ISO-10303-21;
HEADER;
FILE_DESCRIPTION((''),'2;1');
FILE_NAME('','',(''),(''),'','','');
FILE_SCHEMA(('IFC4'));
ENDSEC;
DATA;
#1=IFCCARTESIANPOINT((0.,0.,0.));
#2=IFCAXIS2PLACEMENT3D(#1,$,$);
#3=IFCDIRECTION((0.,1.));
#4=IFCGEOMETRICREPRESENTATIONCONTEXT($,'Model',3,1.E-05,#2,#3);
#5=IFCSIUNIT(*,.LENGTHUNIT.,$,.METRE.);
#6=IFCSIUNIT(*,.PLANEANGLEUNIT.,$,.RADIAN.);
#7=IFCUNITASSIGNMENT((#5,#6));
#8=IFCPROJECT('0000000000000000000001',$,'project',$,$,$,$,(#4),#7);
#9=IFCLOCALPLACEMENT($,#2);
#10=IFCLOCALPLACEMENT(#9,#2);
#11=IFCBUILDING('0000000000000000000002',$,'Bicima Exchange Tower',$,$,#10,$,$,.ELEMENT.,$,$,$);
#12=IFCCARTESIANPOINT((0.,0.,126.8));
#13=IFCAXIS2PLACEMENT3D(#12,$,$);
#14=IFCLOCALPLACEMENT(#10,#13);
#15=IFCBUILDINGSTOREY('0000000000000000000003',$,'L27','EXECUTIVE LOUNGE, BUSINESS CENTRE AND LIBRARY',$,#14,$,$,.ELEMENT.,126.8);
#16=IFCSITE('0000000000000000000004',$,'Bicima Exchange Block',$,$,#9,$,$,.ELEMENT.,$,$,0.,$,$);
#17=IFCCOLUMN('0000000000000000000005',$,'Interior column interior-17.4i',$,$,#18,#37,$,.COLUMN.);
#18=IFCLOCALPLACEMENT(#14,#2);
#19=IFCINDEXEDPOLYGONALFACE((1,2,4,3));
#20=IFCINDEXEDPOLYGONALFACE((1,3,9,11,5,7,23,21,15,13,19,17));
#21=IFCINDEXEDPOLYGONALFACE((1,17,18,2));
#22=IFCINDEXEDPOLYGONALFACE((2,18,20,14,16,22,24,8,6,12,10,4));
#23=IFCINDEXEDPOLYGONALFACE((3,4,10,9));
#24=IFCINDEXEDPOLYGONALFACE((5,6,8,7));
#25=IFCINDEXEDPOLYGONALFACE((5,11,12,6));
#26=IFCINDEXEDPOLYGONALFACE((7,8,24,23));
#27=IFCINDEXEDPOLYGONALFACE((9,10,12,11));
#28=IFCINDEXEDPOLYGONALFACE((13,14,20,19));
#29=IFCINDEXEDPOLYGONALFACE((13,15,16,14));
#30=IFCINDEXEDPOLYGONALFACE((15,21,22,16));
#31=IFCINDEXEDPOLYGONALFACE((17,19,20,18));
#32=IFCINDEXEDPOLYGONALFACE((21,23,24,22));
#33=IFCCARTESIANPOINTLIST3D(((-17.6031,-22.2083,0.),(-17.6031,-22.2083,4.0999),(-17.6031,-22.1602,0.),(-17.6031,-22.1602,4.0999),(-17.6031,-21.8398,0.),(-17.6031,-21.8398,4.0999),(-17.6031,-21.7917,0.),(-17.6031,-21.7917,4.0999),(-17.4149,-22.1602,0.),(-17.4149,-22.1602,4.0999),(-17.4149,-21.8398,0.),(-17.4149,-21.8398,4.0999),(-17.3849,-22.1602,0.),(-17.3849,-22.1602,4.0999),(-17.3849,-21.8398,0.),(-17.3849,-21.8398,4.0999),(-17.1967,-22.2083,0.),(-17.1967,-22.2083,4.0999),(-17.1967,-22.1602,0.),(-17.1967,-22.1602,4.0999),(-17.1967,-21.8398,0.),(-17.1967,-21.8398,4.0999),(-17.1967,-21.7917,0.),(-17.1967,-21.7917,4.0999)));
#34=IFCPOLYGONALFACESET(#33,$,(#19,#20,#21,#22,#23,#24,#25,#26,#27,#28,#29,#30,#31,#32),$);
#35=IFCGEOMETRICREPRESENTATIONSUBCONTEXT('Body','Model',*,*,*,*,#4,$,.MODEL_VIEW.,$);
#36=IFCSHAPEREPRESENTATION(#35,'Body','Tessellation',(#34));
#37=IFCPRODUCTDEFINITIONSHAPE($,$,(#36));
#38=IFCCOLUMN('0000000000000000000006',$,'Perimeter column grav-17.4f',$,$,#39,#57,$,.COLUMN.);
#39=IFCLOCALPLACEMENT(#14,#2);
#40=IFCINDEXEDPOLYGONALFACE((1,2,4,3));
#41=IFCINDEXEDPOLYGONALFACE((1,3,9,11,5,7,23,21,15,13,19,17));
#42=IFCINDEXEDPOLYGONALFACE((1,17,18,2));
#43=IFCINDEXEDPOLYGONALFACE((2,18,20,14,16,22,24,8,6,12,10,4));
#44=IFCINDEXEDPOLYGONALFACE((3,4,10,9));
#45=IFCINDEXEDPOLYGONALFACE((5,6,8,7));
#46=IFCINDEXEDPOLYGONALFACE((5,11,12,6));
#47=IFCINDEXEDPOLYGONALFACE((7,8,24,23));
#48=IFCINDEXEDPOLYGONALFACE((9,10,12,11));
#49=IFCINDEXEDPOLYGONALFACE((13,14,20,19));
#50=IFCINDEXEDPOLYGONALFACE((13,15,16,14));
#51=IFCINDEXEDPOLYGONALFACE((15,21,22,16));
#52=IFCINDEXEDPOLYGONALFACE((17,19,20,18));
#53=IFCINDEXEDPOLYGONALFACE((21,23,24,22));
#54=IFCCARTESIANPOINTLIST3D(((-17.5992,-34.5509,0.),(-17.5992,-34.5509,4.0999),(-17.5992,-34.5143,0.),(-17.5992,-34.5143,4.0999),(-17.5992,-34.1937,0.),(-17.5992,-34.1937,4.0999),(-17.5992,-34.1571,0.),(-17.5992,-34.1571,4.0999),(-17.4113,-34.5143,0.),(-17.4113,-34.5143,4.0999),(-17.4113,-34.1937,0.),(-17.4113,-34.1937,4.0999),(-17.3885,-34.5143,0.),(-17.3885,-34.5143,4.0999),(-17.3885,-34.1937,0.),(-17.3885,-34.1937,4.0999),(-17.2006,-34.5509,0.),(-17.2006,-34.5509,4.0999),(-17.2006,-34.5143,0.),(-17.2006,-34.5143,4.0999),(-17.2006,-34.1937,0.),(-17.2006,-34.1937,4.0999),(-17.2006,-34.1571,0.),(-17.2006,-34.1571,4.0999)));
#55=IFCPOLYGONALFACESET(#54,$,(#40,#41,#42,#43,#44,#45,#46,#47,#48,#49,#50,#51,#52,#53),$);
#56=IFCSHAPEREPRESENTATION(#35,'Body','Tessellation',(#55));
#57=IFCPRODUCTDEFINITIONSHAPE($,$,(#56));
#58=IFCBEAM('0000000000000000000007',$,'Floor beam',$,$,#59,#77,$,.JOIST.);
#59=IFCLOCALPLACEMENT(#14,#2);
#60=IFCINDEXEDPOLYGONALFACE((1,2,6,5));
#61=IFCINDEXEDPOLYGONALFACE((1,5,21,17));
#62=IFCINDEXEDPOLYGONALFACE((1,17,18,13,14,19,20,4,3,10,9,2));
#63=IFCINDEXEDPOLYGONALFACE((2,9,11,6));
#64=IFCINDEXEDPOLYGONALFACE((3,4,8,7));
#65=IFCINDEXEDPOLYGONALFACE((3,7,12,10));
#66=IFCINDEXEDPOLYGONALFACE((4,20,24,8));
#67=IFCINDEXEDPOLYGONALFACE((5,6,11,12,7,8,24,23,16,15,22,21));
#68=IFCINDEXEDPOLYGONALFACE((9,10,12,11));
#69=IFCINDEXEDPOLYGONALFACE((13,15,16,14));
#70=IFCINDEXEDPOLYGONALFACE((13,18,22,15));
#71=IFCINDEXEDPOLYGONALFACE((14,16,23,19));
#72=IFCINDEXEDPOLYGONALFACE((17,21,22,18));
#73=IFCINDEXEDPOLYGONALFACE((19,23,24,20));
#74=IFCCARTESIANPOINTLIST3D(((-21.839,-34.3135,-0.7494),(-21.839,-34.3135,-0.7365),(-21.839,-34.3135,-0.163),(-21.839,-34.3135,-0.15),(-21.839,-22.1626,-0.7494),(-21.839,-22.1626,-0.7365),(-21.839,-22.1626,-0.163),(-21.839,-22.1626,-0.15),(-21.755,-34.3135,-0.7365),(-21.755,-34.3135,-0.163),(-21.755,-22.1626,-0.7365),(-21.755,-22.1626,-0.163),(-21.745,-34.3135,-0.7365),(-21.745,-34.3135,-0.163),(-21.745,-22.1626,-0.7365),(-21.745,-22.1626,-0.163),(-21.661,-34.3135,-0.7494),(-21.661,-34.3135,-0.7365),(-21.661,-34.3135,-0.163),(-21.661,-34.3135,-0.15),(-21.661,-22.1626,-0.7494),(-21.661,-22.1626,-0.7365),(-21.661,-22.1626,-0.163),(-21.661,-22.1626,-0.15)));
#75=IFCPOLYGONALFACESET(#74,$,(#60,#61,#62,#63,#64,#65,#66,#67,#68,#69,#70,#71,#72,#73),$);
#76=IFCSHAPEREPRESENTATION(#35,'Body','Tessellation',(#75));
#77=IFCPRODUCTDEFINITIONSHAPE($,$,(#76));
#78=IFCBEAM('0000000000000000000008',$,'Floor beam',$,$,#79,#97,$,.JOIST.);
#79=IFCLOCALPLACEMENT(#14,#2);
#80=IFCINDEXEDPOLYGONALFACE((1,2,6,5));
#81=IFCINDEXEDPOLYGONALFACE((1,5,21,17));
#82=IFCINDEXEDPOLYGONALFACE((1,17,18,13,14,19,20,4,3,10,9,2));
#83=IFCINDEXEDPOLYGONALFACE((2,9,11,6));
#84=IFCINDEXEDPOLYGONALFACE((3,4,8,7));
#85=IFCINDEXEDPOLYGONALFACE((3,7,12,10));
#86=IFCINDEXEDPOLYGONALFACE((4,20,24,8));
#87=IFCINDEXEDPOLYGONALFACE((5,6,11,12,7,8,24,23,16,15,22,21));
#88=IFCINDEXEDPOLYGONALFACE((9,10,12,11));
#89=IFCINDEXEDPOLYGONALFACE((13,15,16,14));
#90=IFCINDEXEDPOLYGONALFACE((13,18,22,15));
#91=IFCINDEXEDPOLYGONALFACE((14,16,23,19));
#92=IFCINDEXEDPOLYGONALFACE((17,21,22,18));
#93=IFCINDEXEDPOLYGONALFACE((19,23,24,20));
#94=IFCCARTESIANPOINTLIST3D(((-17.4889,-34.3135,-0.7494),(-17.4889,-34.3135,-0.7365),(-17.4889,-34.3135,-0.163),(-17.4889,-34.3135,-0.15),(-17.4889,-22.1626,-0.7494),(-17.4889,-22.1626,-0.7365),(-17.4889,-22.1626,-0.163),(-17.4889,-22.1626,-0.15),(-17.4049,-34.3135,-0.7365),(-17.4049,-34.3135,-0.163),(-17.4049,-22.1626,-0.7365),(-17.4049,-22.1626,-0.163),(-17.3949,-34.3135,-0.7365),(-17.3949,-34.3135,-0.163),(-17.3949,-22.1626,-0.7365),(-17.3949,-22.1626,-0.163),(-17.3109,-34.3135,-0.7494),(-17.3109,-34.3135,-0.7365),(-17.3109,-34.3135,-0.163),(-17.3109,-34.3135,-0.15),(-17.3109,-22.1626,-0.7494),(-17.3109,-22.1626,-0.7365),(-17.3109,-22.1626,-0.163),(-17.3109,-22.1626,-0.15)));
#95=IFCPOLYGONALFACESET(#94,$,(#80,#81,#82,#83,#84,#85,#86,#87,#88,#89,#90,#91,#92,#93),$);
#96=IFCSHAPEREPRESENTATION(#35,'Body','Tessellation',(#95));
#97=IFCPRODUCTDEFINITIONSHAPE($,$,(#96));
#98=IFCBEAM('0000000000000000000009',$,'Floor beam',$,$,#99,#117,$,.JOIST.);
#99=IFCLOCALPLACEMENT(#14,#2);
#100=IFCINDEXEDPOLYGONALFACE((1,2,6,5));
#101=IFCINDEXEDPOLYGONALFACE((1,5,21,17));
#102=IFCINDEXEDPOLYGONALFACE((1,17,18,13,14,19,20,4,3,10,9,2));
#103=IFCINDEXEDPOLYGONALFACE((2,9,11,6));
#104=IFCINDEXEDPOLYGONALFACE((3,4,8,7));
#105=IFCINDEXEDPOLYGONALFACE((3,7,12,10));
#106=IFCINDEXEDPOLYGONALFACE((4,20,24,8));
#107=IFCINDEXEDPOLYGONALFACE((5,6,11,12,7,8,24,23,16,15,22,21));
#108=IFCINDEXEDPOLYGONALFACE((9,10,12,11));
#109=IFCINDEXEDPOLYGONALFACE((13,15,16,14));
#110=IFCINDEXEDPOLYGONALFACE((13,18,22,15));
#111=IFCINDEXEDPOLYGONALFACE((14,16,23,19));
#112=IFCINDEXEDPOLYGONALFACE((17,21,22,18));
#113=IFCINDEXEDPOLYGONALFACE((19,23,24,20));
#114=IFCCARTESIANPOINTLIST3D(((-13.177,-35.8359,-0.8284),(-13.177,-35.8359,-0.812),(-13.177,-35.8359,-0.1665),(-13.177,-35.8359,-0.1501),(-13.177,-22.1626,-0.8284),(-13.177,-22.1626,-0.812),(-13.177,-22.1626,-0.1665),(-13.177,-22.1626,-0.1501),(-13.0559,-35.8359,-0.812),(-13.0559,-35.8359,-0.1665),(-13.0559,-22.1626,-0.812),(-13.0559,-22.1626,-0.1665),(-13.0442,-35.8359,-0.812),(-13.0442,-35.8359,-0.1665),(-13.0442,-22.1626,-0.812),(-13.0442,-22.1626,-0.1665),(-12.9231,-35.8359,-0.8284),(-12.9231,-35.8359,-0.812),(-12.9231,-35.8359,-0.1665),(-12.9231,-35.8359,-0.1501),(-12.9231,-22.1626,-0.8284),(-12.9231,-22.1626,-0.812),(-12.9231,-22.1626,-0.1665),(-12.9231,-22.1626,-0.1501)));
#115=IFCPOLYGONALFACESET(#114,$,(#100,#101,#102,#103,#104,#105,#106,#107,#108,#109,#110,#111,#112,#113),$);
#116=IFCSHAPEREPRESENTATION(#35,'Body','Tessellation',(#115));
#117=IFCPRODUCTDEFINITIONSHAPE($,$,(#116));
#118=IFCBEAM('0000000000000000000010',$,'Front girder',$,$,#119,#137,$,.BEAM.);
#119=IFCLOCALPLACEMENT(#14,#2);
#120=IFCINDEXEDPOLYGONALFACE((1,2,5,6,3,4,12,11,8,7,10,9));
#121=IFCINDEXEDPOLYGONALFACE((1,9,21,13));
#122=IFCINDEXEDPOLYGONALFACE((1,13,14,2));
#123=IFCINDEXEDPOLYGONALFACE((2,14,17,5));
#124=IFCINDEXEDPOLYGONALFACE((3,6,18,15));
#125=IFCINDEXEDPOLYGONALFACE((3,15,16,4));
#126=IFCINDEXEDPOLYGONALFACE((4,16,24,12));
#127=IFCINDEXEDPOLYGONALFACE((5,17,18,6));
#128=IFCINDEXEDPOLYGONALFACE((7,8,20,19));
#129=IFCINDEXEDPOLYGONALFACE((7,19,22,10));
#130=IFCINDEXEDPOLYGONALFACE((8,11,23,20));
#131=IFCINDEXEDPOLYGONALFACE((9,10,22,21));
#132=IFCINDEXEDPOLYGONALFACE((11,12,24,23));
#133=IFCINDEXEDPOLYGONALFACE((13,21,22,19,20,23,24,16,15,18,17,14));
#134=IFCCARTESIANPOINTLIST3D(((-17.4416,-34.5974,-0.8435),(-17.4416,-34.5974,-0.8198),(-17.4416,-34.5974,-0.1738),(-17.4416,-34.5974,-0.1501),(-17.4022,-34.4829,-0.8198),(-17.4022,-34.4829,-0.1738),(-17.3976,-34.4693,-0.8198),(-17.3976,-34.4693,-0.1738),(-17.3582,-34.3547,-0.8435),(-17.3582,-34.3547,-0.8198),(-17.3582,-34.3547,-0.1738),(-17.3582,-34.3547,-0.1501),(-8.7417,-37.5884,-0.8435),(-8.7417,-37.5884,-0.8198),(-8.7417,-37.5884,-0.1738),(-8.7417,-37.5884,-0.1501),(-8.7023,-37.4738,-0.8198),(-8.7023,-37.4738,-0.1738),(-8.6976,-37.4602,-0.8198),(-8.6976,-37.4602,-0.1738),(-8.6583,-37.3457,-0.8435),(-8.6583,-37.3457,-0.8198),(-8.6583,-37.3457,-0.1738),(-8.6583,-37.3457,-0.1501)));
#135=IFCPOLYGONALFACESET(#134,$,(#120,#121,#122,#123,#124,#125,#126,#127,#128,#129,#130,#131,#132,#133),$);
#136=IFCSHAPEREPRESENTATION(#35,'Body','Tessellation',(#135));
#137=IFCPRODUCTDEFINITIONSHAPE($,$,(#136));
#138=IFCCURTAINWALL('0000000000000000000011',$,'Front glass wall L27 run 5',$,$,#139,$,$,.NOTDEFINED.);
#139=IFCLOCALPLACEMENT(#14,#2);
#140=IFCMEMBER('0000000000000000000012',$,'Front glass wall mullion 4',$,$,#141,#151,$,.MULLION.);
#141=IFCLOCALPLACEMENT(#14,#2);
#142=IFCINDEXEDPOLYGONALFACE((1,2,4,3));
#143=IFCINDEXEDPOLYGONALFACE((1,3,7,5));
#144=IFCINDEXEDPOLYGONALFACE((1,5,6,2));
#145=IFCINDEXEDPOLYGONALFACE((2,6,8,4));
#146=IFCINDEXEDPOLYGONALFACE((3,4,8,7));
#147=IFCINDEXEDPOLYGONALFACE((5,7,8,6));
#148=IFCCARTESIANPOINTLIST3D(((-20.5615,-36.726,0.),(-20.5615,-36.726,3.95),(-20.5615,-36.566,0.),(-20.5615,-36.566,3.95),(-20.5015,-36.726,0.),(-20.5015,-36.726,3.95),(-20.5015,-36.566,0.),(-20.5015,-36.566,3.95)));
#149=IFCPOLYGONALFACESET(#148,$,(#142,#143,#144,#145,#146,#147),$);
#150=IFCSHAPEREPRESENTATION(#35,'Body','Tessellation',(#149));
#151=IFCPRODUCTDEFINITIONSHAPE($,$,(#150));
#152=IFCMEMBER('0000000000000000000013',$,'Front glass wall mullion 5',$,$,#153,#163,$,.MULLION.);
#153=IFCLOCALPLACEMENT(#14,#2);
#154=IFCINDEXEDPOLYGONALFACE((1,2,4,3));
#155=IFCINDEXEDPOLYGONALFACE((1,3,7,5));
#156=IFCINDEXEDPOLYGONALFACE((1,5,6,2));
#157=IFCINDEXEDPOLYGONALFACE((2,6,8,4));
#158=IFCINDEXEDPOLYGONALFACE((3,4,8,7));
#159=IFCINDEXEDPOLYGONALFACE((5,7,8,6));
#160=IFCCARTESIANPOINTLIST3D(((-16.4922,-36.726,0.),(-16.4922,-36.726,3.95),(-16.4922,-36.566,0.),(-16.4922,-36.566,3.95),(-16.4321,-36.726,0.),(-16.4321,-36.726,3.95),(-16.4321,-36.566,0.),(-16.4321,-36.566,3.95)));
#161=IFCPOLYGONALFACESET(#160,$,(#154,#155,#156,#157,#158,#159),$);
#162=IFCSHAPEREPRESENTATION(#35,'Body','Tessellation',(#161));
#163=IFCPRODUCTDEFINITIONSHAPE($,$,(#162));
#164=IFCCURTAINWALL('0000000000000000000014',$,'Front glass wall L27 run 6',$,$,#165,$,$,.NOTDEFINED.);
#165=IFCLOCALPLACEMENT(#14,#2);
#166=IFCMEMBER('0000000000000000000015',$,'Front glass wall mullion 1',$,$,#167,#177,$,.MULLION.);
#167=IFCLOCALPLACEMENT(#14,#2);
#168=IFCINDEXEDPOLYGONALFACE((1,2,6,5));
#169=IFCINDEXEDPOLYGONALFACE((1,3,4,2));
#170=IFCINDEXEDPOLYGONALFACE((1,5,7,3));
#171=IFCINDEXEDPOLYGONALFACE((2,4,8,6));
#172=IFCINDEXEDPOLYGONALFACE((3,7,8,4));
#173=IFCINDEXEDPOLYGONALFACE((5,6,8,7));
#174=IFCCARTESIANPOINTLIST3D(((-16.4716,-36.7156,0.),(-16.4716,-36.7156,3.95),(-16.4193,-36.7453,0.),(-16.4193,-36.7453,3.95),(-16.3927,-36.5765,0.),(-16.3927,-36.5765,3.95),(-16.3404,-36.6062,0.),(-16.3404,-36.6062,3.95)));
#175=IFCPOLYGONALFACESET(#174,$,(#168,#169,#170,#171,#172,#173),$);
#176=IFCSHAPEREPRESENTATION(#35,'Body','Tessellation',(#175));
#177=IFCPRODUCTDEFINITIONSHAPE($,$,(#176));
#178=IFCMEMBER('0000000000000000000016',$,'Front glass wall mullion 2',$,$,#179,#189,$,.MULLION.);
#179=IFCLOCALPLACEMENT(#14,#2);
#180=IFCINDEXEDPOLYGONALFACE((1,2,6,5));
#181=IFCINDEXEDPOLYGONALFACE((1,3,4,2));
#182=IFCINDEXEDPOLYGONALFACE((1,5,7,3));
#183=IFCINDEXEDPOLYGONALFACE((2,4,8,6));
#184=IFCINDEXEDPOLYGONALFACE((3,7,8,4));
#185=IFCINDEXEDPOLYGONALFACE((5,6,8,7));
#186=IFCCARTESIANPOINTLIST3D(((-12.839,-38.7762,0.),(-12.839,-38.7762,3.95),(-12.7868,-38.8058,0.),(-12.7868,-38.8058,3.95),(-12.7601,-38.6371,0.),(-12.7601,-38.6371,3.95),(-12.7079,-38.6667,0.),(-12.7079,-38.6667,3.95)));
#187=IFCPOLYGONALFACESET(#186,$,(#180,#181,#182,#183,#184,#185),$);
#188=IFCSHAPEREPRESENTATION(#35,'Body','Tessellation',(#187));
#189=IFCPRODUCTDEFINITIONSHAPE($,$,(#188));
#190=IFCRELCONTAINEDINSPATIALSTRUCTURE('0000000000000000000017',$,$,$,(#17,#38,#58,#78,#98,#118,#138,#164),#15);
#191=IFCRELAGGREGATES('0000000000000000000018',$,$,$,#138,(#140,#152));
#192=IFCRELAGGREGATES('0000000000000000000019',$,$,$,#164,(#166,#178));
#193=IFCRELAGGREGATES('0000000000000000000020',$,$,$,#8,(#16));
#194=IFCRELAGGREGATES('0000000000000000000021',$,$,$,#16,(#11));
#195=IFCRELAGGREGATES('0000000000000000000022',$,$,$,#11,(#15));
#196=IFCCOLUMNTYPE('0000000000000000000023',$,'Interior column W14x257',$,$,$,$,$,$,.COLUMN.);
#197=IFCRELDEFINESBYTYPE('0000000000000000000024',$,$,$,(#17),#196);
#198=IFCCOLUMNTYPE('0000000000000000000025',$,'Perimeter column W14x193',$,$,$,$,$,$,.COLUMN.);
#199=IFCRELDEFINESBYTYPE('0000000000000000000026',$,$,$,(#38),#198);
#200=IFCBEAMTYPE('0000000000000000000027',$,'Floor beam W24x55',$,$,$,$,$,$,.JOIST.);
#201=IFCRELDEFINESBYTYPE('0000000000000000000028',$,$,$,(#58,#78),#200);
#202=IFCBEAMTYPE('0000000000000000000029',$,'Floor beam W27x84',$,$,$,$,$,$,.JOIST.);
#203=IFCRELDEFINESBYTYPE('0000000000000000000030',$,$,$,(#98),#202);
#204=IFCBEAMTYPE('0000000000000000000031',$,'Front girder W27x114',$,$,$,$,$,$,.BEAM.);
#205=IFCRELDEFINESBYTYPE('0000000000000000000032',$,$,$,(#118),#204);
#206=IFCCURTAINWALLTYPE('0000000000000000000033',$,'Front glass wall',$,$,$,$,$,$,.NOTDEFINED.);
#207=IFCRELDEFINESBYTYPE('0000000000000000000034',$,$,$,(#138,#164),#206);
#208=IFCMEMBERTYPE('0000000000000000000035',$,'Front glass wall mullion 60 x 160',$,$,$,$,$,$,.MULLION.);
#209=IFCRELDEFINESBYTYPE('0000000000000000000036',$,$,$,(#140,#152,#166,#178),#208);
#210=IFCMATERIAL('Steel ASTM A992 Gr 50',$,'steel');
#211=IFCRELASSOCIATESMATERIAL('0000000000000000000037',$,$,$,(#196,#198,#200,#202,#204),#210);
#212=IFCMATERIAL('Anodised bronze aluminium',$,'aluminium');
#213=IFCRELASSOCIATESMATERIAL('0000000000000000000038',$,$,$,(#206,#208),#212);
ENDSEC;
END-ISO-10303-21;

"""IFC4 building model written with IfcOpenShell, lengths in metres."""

from ifc_helpers import new_model, si_unit, direction, frame, origin, origin_2d, place, context, subcontext, project, spatial, rectangle, i_section, extrude, material, material_profile, profile_set, type_object, element, aggregate, save


model = new_model("IFC4")

# Units and contexts
model_context = context("Model", 3, precision=1e-05, world=origin(), true_north=direction((0.0, 1.0)))
body_context = subcontext(model_context, "Body", "Model", "MODEL_VIEW")
ifc_project = project(units=[si_unit("LENGTHUNIT", "METRE"), si_unit("PLANEANGLEUNIT", "RADIAN")], contexts=[model_context])

# Site, building, storey
site_placement = place(None, origin())
site = spatial("IfcSite", under=ifc_project, at=site_placement, Name="Bicima Exchange Block", CompositionType="ELEMENT", RefElevation=0.0)
building_placement = place(site_placement, origin())
building = spatial("IfcBuilding", under=site, at=building_placement, Name="Bicima Exchange Tower", CompositionType="ELEMENT")
storey_placement = place(building_placement, frame((0.0, 0.0, 126.8)))
storey = spatial("IfcBuildingStorey", under=building, at=storey_placement, Name="L27", Description="EXECUTIVE LOUNGE, BUSINESS CENTRE AND LIBRARY", CompositionType="ELEMENT", Elevation=126.8)

# Columns
ifc_material_1 = material(Name="Steel ASTM A992 Gr 50", Category="steel")
ifc_material_profile_1 = material_profile(ifc_material_1, i_section(OverallWidth=0.4065, OverallDepth=0.4165, WebThickness=0.03, FlangeThickness=0.0481, at=origin_2d()))
ifc_profile_set_1 = profile_set([ifc_material_profile_1], Name="Steel ASTM A992 Gr 50")
column_type_1 = type_object("IfcColumnType", Name="Interior column W14x257", PredefinedType="COLUMN", material=ifc_profile_set_1)
column_1_placement = place(storey_placement, frame((-17.3999, -22.0, 0.0), z_axis=(0.0, 0.0, 1.0), x_axis=(1.0, 0.0, 0.0)))
element("IfcColumn", 1, at=column_1_placement, inside=storey, type_object=column_type_1, Name="Interior column interior-17.4i", PredefinedType="COLUMN", context=body_context, shape_type="SweptSolid", body=[
    extrude(i_section(OverallWidth=0.4065, OverallDepth=0.4165, WebThickness=0.03, FlangeThickness=0.0481, at=origin_2d()), origin(), (0.0, 0.0, 1.0), 4.0999),
])
ifc_material_profile_2 = material_profile(ifc_material_1, i_section(OverallWidth=0.3987, OverallDepth=0.3938, WebThickness=0.0227, FlangeThickness=0.0366, at=origin_2d()))
ifc_profile_set_2 = profile_set([ifc_material_profile_2], Name="Steel ASTM A992 Gr 50")
column_type_2 = type_object("IfcColumnType", Name="Perimeter column W14x193", PredefinedType="COLUMN", material=ifc_profile_set_2)
column_2_placement = place(storey_placement, frame((-17.3999, -34.354, 0.0), z_axis=(0.0, 0.0, 1.0), x_axis=(1.0, 0.0, 0.0)))
element("IfcColumn", 2, at=column_2_placement, inside=storey, type_object=column_type_2, Name="Perimeter column grav-17.4f", PredefinedType="COLUMN", context=body_context, shape_type="SweptSolid", body=[
    extrude(i_section(OverallWidth=0.3987, OverallDepth=0.3938, WebThickness=0.0227, FlangeThickness=0.0366, at=origin_2d()), origin(), (0.0, 0.0, 1.0), 4.0999),
])

# Beams
ifc_material_profile_3 = material_profile(ifc_material_1, i_section(OverallWidth=0.178, OverallDepth=0.5994, WebThickness=0.01, FlangeThickness=0.0129, at=origin_2d()))
ifc_profile_set_3 = profile_set([ifc_material_profile_3], Name="Steel ASTM A992 Gr 50")
beam_type_1 = type_object("IfcBeamType", Name="Floor beam W24x55", PredefinedType="JOIST", material=ifc_profile_set_3)
for number, where, z_axis, x_axis, name in (
    (3, (-21.75, -22.1626, -0.4497), (0.0, -1.0, 0.0), (1.0, 0.0, 0.0), "Floor beam"),
    (4, (-17.3999, -22.1626, -0.4497), (0.0, -1.0, 0.0), (1.0, 0.0, 0.0), "Floor beam"),
):
    element("IfcBeam", number, at=place(storey_placement, frame(where, z_axis=z_axis, x_axis=x_axis)), inside=storey, type_object=beam_type_1, Name=name, PredefinedType="JOIST", context=body_context, shape_type="SweptSolid", body=[
        extrude(i_section(OverallWidth=0.178, OverallDepth=0.5994, WebThickness=0.01, FlangeThickness=0.0129, at=origin_2d()), origin(), (0.0, 0.0, 1.0), 12.1509),
    ])
ifc_material_profile_4 = material_profile(ifc_material_1, i_section(OverallWidth=0.2539, OverallDepth=0.6782, WebThickness=0.0117, FlangeThickness=0.0164, at=origin_2d()))
ifc_profile_set_4 = profile_set([ifc_material_profile_4], Name="Steel ASTM A992 Gr 50")
beam_type_2 = type_object("IfcBeamType", Name="Floor beam W27x84", PredefinedType="JOIST", material=ifc_profile_set_4)
beam_1_placement = place(storey_placement, frame((-13.05, -22.1626, -0.4893), z_axis=(0.0, -1.0, 0.0), x_axis=(1.0, 0.0, 0.0)))
element("IfcBeam", 5, at=beam_1_placement, inside=storey, type_object=beam_type_2, Name="Floor beam", PredefinedType="JOIST", context=body_context, shape_type="SweptSolid", body=[
    extrude(i_section(OverallWidth=0.2539, OverallDepth=0.6782, WebThickness=0.0117, FlangeThickness=0.0164, at=origin_2d()), origin(), (0.0, 0.0, 1.0), 13.6733),
])
ifc_material_profile_5 = material_profile(ifc_material_1, i_section(OverallWidth=0.2566, OverallDepth=0.6934, WebThickness=0.0144, FlangeThickness=0.0237, at=origin_2d()))
ifc_profile_set_5 = profile_set([ifc_material_profile_5], Name="Steel ASTM A992 Gr 50")
beam_type_3 = type_object("IfcBeamType", Name="Front girder W27x114", PredefinedType="BEAM", material=ifc_profile_set_5)
beam_2_placement = place(storey_placement, frame((-17.3999, -34.4761, -0.4968), z_axis=(0.945675, -0.325115, 0.0), x_axis=(0.325115, 0.945675, 0.0)))
element("IfcBeam", 6, at=beam_2_placement, inside=storey, type_object=beam_type_3, Name="Front girder", PredefinedType="BEAM", context=body_context, shape_type="SweptSolid", body=[
    extrude(i_section(OverallWidth=0.2566, OverallDepth=0.6934, WebThickness=0.0144, FlangeThickness=0.0237, at=origin_2d()), origin(), (0.0, 0.0, 1.0), 9.1997),
])

# Curtain walls, members
ifc_material_2 = material(Name="Anodised bronze aluminium", Category="aluminium")
curtain_wall_type = type_object("IfcCurtainWallType", Name="Front glass wall", PredefinedType="NOTDEFINED", material=ifc_material_2)
curtain_wall_1_placement = place(storey_placement, origin())
curtain_wall_1 = element("IfcCurtainWall", 7, at=curtain_wall_1_placement, inside=storey, type_object=curtain_wall_type, Name="Front glass wall L27 run 5", PredefinedType="NOTDEFINED")
ifc_material_profile_6 = material_profile(ifc_material_2, rectangle(XDim=0.1599, YDim=0.0601, at=origin_2d()))
ifc_profile_set_6 = profile_set([ifc_material_profile_6], Name="Anodised bronze aluminium")
member_type_1 = type_object("IfcMemberType", Name="Front glass wall mullion 60 x 160", PredefinedType="MULLION", material=ifc_profile_set_6)
member_1_placement = place(storey_placement, frame((-20.5315, -36.646, 0.0), z_axis=(0.0, 0.0, 1.0), x_axis=(0.0, 1.0, 0.0)))
member_1 = element("IfcMember", 8, at=member_1_placement, type_object=member_type_1, Name="Front glass wall mullion 4", PredefinedType="MULLION", context=body_context, shape_type="SweptSolid", body=[
    extrude(rectangle(XDim=0.1599, YDim=0.0601, at=origin_2d()), origin(), (0.0, 0.0, 1.0), 3.95),
])
member_2_placement = place(storey_placement, frame((-16.4622, -36.646, 0.0), z_axis=(0.0, 0.0, 1.0), x_axis=(0.0, 1.0, 0.0)))
member_2 = element("IfcMember", 9, at=member_2_placement, type_object=member_type_1, Name="Front glass wall mullion 5", PredefinedType="MULLION", context=body_context, shape_type="SweptSolid", body=[
    extrude(rectangle(XDim=0.1599, YDim=0.0601, at=origin_2d()), origin(), (0.0, 0.0, 1.0), 3.95),
])
curtain_wall_2_placement = place(storey_placement, origin())
curtain_wall_2 = element("IfcCurtainWall", 10, at=curtain_wall_2_placement, inside=storey, type_object=curtain_wall_type, Name="Front glass wall L27 run 6", PredefinedType="NOTDEFINED")
member_3_placement = place(storey_placement, frame((-16.406, -36.6609, 0.0), z_axis=(0.0, 0.0, 1.0), x_axis=(0.493395, 0.869805, 0.0)))
member_3 = element("IfcMember", 11, at=member_3_placement, type_object=member_type_1, Name="Front glass wall mullion 1", PredefinedType="MULLION", context=body_context, shape_type="SweptSolid", body=[
    extrude(rectangle(XDim=0.1599, YDim=0.0601, at=origin_2d()), origin(), (0.0, 0.0, 1.0), 3.95),
])
member_4_placement = place(storey_placement, frame((-12.7734, -38.7214, 0.0), z_axis=(0.0, 0.0, 1.0), x_axis=(0.493395, 0.869805, 0.0)))
member_4 = element("IfcMember", 12, at=member_4_placement, type_object=member_type_1, Name="Front glass wall mullion 2", PredefinedType="MULLION", context=body_context, shape_type="SweptSolid", body=[
    extrude(rectangle(XDim=0.1599, YDim=0.0601, at=origin_2d()), origin(), (0.0, 0.0, 1.0), 3.95),
])

aggregate(curtain_wall_1, [member_1, member_2])
aggregate(curtain_wall_2, [member_3, member_4])

save(model, "model.ifc")
